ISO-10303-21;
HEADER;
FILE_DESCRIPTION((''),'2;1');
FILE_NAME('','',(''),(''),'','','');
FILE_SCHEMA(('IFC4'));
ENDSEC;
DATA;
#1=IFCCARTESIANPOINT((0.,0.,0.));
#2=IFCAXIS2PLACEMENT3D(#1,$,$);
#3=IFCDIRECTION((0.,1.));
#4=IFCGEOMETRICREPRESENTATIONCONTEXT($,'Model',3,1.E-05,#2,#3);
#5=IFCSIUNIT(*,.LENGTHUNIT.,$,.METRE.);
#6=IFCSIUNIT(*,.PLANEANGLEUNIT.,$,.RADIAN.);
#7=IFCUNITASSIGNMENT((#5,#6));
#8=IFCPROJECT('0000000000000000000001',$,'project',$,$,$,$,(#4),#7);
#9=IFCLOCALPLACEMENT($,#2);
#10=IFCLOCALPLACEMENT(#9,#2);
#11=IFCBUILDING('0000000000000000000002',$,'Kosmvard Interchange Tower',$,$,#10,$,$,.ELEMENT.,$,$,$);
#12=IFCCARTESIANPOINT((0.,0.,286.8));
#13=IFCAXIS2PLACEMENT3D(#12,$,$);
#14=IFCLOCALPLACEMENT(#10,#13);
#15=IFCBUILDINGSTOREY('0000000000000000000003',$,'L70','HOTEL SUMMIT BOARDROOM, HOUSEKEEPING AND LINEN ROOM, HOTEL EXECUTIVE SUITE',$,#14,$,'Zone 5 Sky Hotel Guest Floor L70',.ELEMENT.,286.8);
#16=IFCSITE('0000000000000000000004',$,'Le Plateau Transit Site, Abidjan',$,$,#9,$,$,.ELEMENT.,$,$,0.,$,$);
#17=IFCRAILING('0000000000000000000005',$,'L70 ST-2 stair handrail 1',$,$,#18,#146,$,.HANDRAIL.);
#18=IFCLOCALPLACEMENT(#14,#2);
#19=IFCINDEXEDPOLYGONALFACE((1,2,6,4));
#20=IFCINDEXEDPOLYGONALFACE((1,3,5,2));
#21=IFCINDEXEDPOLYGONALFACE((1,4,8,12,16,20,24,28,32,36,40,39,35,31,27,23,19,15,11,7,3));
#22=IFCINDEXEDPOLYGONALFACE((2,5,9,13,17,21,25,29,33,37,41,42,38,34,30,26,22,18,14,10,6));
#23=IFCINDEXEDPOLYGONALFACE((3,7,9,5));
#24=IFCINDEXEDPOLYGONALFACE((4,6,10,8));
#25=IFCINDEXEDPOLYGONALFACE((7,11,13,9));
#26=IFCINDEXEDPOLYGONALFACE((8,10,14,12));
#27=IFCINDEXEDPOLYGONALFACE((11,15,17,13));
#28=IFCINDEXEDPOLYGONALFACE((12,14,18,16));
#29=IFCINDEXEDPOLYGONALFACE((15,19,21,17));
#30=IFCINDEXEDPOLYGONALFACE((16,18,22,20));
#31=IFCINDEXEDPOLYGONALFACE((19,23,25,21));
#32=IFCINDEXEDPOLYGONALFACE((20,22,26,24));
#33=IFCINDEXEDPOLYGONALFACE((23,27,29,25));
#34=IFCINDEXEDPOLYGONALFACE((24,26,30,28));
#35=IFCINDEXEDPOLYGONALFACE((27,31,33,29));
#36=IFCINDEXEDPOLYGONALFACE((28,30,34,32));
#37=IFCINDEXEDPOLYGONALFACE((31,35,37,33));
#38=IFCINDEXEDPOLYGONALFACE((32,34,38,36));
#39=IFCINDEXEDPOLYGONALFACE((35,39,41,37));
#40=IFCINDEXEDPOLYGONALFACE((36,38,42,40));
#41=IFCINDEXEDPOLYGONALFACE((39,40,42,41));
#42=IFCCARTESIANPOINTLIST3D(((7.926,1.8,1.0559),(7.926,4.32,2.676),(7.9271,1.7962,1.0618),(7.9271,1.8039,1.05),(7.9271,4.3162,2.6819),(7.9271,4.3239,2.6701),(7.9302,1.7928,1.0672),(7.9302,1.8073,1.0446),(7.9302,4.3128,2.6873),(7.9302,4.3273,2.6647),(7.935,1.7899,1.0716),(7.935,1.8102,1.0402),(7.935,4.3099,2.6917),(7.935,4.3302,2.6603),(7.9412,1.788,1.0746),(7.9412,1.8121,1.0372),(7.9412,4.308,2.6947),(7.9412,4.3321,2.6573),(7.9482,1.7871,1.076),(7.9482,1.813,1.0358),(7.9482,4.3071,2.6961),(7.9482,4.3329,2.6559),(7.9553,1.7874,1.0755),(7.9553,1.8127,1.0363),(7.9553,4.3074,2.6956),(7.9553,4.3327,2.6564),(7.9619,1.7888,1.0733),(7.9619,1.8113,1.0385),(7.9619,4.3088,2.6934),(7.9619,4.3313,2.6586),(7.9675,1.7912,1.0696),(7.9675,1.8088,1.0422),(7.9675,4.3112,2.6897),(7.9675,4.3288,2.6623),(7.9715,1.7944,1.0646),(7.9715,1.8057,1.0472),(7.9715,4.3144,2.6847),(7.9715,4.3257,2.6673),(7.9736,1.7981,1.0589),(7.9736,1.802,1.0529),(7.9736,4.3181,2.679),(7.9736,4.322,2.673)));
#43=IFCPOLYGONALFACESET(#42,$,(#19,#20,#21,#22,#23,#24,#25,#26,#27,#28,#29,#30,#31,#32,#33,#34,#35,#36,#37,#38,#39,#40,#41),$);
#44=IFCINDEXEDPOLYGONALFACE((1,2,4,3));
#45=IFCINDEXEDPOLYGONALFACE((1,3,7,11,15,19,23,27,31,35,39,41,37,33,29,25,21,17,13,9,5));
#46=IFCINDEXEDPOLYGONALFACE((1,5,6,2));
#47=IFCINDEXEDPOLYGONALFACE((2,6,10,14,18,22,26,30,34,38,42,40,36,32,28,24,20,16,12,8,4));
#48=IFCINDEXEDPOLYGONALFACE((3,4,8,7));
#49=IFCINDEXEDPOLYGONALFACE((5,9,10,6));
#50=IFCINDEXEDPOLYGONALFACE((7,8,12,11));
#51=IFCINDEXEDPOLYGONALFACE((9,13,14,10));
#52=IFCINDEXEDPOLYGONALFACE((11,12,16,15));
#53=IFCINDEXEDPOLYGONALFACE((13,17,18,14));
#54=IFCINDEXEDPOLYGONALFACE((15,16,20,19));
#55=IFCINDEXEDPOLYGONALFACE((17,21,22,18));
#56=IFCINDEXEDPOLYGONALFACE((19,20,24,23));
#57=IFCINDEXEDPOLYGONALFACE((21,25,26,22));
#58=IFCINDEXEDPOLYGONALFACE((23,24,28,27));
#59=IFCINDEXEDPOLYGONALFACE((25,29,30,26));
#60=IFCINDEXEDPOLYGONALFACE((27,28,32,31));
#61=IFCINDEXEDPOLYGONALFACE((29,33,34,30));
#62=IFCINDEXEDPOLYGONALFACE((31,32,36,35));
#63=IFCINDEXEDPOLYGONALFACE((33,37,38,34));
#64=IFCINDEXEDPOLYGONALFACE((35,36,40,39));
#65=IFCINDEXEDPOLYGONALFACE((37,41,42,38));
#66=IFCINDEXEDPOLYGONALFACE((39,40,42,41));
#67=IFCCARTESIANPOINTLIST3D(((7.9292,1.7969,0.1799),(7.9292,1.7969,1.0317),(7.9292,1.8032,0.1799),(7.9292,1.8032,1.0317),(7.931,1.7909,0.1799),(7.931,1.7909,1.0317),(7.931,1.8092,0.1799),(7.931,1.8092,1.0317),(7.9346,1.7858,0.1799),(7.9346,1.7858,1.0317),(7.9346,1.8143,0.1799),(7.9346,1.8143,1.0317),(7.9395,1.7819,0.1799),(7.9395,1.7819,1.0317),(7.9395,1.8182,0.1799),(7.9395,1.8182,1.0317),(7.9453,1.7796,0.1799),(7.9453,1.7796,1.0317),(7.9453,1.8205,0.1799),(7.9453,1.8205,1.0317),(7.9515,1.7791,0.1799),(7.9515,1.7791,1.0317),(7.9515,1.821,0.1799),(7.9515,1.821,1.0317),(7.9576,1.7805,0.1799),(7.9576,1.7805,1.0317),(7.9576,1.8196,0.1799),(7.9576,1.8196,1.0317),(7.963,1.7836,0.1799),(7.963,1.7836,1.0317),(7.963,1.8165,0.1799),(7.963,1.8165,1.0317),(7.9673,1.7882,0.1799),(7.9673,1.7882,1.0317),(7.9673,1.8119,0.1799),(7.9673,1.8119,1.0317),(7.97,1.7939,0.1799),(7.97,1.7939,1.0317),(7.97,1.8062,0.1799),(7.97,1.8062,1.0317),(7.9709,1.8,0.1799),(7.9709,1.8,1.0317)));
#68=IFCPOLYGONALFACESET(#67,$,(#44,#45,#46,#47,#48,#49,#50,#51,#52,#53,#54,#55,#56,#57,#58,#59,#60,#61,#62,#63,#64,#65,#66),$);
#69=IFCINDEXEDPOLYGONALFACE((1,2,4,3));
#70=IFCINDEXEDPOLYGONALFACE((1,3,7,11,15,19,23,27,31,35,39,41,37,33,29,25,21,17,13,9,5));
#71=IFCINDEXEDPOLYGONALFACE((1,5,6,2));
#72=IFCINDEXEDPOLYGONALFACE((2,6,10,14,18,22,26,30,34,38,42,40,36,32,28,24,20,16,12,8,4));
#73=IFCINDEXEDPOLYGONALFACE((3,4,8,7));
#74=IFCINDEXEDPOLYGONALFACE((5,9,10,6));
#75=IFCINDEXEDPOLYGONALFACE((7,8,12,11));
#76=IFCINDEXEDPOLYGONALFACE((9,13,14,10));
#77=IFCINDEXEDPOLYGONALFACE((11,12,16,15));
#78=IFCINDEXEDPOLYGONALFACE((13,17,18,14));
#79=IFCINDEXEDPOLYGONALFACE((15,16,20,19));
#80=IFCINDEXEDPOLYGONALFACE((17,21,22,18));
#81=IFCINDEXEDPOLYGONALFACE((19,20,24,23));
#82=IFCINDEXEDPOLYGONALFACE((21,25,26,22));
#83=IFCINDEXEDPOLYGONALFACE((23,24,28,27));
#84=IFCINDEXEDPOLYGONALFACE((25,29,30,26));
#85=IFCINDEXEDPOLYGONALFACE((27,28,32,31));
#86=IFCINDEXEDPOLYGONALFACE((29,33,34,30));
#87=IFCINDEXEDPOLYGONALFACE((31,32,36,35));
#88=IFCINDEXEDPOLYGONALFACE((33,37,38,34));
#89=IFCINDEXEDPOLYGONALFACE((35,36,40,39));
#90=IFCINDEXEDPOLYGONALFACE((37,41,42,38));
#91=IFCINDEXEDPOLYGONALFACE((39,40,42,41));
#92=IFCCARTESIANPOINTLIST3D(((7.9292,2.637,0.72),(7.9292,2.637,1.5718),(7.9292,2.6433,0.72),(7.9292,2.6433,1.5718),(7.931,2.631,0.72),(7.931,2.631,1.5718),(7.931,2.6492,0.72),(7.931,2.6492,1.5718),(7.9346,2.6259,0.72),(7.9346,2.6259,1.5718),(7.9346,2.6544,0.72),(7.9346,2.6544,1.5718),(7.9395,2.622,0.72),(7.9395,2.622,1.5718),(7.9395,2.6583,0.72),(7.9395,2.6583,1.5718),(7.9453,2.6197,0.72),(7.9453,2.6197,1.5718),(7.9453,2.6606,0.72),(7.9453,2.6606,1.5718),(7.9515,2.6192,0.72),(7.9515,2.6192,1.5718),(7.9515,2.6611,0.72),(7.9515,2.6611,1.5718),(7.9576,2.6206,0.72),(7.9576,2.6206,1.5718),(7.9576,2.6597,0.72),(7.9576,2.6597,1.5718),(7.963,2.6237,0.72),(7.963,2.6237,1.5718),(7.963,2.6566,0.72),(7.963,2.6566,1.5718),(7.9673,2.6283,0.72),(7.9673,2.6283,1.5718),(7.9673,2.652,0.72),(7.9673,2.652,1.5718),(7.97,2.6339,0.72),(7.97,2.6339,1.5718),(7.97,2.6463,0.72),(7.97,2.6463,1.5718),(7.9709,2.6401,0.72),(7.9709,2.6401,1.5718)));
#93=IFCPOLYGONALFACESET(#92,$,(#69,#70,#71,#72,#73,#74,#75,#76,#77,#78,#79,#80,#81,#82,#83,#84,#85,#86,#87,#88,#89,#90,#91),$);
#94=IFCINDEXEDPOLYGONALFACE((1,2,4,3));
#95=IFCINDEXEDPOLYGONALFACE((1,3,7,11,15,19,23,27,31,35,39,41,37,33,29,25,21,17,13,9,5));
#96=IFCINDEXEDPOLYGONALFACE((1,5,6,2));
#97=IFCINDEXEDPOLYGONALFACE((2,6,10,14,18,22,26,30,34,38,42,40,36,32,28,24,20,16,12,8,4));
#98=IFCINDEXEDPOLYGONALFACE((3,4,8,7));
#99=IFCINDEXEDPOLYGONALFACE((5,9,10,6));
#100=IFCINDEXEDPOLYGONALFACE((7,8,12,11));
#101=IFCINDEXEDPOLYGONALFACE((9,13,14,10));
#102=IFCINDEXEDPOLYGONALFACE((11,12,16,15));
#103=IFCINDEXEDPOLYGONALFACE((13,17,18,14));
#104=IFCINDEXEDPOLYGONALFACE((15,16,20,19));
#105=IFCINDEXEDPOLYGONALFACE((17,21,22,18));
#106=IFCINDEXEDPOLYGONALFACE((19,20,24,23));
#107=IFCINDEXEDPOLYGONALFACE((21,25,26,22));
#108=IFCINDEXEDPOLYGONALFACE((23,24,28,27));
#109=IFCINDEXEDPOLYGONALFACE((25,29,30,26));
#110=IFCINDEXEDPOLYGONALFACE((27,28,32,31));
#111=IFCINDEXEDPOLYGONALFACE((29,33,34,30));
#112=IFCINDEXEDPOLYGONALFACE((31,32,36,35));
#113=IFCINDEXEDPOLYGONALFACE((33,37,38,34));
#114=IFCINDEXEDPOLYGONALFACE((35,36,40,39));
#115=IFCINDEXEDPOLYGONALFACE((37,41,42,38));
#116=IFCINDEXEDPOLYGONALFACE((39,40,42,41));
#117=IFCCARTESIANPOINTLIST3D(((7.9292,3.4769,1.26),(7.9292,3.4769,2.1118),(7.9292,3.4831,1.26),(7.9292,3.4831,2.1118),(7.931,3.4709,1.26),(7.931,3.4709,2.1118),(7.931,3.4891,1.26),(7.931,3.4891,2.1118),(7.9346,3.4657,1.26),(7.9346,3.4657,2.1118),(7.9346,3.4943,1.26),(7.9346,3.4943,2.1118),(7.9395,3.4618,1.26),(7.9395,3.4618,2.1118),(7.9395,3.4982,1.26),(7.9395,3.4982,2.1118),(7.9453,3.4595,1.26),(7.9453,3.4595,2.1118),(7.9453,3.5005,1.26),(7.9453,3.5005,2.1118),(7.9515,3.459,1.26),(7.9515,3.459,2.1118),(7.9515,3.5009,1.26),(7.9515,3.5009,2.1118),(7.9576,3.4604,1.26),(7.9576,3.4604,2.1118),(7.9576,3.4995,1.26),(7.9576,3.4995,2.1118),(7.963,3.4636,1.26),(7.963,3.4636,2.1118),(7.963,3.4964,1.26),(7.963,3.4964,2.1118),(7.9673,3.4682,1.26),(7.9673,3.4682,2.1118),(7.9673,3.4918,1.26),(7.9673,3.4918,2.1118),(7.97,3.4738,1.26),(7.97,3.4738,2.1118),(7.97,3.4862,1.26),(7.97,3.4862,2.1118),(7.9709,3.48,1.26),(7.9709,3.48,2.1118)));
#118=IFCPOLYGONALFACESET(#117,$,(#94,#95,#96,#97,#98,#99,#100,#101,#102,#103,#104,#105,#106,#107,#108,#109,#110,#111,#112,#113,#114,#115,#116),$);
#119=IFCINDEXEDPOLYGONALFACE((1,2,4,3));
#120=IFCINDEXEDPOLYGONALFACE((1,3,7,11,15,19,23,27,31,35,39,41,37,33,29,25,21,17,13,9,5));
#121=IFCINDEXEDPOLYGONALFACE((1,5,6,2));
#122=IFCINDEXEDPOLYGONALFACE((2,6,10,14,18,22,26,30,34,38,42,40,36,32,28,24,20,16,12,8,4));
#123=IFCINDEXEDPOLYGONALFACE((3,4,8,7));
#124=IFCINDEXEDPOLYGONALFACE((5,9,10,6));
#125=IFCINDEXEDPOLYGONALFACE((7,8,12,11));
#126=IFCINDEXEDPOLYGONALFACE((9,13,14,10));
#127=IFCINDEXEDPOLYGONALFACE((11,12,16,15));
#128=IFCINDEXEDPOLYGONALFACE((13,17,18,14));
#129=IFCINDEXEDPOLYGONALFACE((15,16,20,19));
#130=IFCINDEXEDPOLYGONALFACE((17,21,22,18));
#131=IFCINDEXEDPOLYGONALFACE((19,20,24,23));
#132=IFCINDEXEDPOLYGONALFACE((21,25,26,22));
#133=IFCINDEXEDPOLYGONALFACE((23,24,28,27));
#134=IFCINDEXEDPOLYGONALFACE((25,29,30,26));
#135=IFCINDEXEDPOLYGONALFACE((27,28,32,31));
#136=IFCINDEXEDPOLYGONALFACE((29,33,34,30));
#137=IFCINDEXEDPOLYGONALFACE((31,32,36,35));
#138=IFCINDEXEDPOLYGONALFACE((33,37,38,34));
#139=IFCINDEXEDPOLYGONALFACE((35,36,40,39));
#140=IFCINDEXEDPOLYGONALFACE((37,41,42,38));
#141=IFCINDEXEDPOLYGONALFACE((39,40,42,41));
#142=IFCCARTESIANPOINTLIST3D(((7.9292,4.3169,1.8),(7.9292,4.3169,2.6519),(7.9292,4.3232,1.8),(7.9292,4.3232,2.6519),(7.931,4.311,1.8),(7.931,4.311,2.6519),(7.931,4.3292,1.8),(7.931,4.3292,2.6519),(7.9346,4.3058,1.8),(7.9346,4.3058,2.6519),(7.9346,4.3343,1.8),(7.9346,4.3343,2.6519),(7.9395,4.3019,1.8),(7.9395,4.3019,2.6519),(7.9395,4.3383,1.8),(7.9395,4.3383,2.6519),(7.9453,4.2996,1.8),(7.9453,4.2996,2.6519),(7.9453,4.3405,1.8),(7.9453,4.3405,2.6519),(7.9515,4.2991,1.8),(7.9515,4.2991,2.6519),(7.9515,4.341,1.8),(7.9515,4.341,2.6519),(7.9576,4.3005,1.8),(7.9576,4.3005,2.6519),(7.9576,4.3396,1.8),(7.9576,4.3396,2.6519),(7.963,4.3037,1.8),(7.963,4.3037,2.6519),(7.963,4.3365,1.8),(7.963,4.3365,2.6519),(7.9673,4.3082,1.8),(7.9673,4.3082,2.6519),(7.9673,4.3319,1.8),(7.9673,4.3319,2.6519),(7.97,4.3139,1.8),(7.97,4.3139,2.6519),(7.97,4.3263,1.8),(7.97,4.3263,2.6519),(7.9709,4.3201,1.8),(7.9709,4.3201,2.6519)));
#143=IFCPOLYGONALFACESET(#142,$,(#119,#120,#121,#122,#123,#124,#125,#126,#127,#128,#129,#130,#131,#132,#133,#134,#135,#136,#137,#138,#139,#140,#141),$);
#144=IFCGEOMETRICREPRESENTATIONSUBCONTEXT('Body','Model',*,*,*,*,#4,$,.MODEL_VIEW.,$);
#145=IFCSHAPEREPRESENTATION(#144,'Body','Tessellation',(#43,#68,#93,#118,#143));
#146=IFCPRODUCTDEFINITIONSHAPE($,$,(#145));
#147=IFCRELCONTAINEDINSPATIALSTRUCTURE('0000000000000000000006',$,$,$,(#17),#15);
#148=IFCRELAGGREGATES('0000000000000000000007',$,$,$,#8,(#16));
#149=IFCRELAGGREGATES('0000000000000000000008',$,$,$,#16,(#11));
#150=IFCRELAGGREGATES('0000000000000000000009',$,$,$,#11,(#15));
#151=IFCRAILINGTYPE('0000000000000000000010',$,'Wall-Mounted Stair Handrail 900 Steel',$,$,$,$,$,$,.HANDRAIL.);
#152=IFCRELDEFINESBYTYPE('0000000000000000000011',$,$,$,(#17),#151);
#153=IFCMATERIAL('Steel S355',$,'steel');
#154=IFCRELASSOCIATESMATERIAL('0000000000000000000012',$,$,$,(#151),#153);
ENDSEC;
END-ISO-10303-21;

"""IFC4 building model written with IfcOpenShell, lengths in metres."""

from ifc_helpers import new_model, si_unit, direction, frame, origin, origin_2d, place, context, subcontext, project, spatial, circle, extrude, source, transform, mapped, material, type_object, element, save


model = new_model("IFC4")

# Units and contexts
model_context = context("Model", 3, precision=1e-05, world=origin(), true_north=direction((0.0, 1.0)))
body_context = subcontext(model_context, "Body", "Model", "MODEL_VIEW")
ifc_project = project(units=[si_unit("LENGTHUNIT", "METRE"), si_unit("PLANEANGLEUNIT", "RADIAN")], contexts=[model_context])

# Site, building, storey
site_placement = place(None, origin())
site = spatial("IfcSite", under=ifc_project, at=site_placement, Name="Le Plateau Transit Site, Abidjan", CompositionType="ELEMENT", RefElevation=0.0)
building_placement = place(site_placement, origin())
building = spatial("IfcBuilding", under=site, at=building_placement, Name="Kosmvard Interchange Tower", CompositionType="ELEMENT")
storey_placement = place(building_placement, frame((0.0, 0.0, 286.8)))
storey = spatial("IfcBuildingStorey", under=building, at=storey_placement, Name="L70", Description="HOTEL SUMMIT BOARDROOM, HOUSEKEEPING AND LINEN ROOM, HOTEL EXECUTIVE SUITE", LongName="Zone 5 Sky Hotel Guest Floor L70", CompositionType="ELEMENT", Elevation=286.8)

# Shared definitions
ifc_material_1 = material(Name="Steel S355", Category="steel")

# Railing
railing_type_1 = type_object("IfcRailingType", Name="Wall-Mounted Stair Handrail 900 Steel", PredefinedType="HANDRAIL", material=ifc_material_1)
shared_shape_1 = source(origin(), body_context, "Body", "SweptSolid", [
    extrude(circle(Radius=0.0239, at=origin_2d()), frame((0.0, 0.0, 0.876), z_axis=(0.0, 0.841163, 0.540782), x_axis=(-1.0, 0.0, 0.0)), (0.0, 0.0, 1.0), 2.9958),
    extrude(circle(Radius=0.021, at=origin_2d()), origin(), (0.0, 0.0, 1.0), 0.8518),
    extrude(circle(Radius=0.021, at=origin_2d()), frame((0.0, 0.8401, 0.54)), (0.0, 0.0, 1.0), 0.8518),
    extrude(circle(Radius=0.021, at=origin_2d()), frame((0.0, 1.6799, 1.0801)), (0.0, 0.0, 1.0), 0.8518),
    extrude(circle(Radius=0.021, at=origin_2d()), frame((0.0, 2.52, 1.6201)), (0.0, 0.0, 1.0), 0.8518),
])
railing_1_placement = place(storey_placement, frame((7.95, 1.8, 0.1799)))
element("IfcRailing", 1, at=railing_1_placement, inside=storey, type_object=railing_type_1, Name="L70 ST-2 stair handrail 1", PredefinedType="HANDRAIL", context=body_context, shape_type="MappedRepresentation", body=[
    mapped(shared_shape_1, transform((0.0, 0.0, 0.0), scale=1.0)),
])

save(model, "model.ifc")
